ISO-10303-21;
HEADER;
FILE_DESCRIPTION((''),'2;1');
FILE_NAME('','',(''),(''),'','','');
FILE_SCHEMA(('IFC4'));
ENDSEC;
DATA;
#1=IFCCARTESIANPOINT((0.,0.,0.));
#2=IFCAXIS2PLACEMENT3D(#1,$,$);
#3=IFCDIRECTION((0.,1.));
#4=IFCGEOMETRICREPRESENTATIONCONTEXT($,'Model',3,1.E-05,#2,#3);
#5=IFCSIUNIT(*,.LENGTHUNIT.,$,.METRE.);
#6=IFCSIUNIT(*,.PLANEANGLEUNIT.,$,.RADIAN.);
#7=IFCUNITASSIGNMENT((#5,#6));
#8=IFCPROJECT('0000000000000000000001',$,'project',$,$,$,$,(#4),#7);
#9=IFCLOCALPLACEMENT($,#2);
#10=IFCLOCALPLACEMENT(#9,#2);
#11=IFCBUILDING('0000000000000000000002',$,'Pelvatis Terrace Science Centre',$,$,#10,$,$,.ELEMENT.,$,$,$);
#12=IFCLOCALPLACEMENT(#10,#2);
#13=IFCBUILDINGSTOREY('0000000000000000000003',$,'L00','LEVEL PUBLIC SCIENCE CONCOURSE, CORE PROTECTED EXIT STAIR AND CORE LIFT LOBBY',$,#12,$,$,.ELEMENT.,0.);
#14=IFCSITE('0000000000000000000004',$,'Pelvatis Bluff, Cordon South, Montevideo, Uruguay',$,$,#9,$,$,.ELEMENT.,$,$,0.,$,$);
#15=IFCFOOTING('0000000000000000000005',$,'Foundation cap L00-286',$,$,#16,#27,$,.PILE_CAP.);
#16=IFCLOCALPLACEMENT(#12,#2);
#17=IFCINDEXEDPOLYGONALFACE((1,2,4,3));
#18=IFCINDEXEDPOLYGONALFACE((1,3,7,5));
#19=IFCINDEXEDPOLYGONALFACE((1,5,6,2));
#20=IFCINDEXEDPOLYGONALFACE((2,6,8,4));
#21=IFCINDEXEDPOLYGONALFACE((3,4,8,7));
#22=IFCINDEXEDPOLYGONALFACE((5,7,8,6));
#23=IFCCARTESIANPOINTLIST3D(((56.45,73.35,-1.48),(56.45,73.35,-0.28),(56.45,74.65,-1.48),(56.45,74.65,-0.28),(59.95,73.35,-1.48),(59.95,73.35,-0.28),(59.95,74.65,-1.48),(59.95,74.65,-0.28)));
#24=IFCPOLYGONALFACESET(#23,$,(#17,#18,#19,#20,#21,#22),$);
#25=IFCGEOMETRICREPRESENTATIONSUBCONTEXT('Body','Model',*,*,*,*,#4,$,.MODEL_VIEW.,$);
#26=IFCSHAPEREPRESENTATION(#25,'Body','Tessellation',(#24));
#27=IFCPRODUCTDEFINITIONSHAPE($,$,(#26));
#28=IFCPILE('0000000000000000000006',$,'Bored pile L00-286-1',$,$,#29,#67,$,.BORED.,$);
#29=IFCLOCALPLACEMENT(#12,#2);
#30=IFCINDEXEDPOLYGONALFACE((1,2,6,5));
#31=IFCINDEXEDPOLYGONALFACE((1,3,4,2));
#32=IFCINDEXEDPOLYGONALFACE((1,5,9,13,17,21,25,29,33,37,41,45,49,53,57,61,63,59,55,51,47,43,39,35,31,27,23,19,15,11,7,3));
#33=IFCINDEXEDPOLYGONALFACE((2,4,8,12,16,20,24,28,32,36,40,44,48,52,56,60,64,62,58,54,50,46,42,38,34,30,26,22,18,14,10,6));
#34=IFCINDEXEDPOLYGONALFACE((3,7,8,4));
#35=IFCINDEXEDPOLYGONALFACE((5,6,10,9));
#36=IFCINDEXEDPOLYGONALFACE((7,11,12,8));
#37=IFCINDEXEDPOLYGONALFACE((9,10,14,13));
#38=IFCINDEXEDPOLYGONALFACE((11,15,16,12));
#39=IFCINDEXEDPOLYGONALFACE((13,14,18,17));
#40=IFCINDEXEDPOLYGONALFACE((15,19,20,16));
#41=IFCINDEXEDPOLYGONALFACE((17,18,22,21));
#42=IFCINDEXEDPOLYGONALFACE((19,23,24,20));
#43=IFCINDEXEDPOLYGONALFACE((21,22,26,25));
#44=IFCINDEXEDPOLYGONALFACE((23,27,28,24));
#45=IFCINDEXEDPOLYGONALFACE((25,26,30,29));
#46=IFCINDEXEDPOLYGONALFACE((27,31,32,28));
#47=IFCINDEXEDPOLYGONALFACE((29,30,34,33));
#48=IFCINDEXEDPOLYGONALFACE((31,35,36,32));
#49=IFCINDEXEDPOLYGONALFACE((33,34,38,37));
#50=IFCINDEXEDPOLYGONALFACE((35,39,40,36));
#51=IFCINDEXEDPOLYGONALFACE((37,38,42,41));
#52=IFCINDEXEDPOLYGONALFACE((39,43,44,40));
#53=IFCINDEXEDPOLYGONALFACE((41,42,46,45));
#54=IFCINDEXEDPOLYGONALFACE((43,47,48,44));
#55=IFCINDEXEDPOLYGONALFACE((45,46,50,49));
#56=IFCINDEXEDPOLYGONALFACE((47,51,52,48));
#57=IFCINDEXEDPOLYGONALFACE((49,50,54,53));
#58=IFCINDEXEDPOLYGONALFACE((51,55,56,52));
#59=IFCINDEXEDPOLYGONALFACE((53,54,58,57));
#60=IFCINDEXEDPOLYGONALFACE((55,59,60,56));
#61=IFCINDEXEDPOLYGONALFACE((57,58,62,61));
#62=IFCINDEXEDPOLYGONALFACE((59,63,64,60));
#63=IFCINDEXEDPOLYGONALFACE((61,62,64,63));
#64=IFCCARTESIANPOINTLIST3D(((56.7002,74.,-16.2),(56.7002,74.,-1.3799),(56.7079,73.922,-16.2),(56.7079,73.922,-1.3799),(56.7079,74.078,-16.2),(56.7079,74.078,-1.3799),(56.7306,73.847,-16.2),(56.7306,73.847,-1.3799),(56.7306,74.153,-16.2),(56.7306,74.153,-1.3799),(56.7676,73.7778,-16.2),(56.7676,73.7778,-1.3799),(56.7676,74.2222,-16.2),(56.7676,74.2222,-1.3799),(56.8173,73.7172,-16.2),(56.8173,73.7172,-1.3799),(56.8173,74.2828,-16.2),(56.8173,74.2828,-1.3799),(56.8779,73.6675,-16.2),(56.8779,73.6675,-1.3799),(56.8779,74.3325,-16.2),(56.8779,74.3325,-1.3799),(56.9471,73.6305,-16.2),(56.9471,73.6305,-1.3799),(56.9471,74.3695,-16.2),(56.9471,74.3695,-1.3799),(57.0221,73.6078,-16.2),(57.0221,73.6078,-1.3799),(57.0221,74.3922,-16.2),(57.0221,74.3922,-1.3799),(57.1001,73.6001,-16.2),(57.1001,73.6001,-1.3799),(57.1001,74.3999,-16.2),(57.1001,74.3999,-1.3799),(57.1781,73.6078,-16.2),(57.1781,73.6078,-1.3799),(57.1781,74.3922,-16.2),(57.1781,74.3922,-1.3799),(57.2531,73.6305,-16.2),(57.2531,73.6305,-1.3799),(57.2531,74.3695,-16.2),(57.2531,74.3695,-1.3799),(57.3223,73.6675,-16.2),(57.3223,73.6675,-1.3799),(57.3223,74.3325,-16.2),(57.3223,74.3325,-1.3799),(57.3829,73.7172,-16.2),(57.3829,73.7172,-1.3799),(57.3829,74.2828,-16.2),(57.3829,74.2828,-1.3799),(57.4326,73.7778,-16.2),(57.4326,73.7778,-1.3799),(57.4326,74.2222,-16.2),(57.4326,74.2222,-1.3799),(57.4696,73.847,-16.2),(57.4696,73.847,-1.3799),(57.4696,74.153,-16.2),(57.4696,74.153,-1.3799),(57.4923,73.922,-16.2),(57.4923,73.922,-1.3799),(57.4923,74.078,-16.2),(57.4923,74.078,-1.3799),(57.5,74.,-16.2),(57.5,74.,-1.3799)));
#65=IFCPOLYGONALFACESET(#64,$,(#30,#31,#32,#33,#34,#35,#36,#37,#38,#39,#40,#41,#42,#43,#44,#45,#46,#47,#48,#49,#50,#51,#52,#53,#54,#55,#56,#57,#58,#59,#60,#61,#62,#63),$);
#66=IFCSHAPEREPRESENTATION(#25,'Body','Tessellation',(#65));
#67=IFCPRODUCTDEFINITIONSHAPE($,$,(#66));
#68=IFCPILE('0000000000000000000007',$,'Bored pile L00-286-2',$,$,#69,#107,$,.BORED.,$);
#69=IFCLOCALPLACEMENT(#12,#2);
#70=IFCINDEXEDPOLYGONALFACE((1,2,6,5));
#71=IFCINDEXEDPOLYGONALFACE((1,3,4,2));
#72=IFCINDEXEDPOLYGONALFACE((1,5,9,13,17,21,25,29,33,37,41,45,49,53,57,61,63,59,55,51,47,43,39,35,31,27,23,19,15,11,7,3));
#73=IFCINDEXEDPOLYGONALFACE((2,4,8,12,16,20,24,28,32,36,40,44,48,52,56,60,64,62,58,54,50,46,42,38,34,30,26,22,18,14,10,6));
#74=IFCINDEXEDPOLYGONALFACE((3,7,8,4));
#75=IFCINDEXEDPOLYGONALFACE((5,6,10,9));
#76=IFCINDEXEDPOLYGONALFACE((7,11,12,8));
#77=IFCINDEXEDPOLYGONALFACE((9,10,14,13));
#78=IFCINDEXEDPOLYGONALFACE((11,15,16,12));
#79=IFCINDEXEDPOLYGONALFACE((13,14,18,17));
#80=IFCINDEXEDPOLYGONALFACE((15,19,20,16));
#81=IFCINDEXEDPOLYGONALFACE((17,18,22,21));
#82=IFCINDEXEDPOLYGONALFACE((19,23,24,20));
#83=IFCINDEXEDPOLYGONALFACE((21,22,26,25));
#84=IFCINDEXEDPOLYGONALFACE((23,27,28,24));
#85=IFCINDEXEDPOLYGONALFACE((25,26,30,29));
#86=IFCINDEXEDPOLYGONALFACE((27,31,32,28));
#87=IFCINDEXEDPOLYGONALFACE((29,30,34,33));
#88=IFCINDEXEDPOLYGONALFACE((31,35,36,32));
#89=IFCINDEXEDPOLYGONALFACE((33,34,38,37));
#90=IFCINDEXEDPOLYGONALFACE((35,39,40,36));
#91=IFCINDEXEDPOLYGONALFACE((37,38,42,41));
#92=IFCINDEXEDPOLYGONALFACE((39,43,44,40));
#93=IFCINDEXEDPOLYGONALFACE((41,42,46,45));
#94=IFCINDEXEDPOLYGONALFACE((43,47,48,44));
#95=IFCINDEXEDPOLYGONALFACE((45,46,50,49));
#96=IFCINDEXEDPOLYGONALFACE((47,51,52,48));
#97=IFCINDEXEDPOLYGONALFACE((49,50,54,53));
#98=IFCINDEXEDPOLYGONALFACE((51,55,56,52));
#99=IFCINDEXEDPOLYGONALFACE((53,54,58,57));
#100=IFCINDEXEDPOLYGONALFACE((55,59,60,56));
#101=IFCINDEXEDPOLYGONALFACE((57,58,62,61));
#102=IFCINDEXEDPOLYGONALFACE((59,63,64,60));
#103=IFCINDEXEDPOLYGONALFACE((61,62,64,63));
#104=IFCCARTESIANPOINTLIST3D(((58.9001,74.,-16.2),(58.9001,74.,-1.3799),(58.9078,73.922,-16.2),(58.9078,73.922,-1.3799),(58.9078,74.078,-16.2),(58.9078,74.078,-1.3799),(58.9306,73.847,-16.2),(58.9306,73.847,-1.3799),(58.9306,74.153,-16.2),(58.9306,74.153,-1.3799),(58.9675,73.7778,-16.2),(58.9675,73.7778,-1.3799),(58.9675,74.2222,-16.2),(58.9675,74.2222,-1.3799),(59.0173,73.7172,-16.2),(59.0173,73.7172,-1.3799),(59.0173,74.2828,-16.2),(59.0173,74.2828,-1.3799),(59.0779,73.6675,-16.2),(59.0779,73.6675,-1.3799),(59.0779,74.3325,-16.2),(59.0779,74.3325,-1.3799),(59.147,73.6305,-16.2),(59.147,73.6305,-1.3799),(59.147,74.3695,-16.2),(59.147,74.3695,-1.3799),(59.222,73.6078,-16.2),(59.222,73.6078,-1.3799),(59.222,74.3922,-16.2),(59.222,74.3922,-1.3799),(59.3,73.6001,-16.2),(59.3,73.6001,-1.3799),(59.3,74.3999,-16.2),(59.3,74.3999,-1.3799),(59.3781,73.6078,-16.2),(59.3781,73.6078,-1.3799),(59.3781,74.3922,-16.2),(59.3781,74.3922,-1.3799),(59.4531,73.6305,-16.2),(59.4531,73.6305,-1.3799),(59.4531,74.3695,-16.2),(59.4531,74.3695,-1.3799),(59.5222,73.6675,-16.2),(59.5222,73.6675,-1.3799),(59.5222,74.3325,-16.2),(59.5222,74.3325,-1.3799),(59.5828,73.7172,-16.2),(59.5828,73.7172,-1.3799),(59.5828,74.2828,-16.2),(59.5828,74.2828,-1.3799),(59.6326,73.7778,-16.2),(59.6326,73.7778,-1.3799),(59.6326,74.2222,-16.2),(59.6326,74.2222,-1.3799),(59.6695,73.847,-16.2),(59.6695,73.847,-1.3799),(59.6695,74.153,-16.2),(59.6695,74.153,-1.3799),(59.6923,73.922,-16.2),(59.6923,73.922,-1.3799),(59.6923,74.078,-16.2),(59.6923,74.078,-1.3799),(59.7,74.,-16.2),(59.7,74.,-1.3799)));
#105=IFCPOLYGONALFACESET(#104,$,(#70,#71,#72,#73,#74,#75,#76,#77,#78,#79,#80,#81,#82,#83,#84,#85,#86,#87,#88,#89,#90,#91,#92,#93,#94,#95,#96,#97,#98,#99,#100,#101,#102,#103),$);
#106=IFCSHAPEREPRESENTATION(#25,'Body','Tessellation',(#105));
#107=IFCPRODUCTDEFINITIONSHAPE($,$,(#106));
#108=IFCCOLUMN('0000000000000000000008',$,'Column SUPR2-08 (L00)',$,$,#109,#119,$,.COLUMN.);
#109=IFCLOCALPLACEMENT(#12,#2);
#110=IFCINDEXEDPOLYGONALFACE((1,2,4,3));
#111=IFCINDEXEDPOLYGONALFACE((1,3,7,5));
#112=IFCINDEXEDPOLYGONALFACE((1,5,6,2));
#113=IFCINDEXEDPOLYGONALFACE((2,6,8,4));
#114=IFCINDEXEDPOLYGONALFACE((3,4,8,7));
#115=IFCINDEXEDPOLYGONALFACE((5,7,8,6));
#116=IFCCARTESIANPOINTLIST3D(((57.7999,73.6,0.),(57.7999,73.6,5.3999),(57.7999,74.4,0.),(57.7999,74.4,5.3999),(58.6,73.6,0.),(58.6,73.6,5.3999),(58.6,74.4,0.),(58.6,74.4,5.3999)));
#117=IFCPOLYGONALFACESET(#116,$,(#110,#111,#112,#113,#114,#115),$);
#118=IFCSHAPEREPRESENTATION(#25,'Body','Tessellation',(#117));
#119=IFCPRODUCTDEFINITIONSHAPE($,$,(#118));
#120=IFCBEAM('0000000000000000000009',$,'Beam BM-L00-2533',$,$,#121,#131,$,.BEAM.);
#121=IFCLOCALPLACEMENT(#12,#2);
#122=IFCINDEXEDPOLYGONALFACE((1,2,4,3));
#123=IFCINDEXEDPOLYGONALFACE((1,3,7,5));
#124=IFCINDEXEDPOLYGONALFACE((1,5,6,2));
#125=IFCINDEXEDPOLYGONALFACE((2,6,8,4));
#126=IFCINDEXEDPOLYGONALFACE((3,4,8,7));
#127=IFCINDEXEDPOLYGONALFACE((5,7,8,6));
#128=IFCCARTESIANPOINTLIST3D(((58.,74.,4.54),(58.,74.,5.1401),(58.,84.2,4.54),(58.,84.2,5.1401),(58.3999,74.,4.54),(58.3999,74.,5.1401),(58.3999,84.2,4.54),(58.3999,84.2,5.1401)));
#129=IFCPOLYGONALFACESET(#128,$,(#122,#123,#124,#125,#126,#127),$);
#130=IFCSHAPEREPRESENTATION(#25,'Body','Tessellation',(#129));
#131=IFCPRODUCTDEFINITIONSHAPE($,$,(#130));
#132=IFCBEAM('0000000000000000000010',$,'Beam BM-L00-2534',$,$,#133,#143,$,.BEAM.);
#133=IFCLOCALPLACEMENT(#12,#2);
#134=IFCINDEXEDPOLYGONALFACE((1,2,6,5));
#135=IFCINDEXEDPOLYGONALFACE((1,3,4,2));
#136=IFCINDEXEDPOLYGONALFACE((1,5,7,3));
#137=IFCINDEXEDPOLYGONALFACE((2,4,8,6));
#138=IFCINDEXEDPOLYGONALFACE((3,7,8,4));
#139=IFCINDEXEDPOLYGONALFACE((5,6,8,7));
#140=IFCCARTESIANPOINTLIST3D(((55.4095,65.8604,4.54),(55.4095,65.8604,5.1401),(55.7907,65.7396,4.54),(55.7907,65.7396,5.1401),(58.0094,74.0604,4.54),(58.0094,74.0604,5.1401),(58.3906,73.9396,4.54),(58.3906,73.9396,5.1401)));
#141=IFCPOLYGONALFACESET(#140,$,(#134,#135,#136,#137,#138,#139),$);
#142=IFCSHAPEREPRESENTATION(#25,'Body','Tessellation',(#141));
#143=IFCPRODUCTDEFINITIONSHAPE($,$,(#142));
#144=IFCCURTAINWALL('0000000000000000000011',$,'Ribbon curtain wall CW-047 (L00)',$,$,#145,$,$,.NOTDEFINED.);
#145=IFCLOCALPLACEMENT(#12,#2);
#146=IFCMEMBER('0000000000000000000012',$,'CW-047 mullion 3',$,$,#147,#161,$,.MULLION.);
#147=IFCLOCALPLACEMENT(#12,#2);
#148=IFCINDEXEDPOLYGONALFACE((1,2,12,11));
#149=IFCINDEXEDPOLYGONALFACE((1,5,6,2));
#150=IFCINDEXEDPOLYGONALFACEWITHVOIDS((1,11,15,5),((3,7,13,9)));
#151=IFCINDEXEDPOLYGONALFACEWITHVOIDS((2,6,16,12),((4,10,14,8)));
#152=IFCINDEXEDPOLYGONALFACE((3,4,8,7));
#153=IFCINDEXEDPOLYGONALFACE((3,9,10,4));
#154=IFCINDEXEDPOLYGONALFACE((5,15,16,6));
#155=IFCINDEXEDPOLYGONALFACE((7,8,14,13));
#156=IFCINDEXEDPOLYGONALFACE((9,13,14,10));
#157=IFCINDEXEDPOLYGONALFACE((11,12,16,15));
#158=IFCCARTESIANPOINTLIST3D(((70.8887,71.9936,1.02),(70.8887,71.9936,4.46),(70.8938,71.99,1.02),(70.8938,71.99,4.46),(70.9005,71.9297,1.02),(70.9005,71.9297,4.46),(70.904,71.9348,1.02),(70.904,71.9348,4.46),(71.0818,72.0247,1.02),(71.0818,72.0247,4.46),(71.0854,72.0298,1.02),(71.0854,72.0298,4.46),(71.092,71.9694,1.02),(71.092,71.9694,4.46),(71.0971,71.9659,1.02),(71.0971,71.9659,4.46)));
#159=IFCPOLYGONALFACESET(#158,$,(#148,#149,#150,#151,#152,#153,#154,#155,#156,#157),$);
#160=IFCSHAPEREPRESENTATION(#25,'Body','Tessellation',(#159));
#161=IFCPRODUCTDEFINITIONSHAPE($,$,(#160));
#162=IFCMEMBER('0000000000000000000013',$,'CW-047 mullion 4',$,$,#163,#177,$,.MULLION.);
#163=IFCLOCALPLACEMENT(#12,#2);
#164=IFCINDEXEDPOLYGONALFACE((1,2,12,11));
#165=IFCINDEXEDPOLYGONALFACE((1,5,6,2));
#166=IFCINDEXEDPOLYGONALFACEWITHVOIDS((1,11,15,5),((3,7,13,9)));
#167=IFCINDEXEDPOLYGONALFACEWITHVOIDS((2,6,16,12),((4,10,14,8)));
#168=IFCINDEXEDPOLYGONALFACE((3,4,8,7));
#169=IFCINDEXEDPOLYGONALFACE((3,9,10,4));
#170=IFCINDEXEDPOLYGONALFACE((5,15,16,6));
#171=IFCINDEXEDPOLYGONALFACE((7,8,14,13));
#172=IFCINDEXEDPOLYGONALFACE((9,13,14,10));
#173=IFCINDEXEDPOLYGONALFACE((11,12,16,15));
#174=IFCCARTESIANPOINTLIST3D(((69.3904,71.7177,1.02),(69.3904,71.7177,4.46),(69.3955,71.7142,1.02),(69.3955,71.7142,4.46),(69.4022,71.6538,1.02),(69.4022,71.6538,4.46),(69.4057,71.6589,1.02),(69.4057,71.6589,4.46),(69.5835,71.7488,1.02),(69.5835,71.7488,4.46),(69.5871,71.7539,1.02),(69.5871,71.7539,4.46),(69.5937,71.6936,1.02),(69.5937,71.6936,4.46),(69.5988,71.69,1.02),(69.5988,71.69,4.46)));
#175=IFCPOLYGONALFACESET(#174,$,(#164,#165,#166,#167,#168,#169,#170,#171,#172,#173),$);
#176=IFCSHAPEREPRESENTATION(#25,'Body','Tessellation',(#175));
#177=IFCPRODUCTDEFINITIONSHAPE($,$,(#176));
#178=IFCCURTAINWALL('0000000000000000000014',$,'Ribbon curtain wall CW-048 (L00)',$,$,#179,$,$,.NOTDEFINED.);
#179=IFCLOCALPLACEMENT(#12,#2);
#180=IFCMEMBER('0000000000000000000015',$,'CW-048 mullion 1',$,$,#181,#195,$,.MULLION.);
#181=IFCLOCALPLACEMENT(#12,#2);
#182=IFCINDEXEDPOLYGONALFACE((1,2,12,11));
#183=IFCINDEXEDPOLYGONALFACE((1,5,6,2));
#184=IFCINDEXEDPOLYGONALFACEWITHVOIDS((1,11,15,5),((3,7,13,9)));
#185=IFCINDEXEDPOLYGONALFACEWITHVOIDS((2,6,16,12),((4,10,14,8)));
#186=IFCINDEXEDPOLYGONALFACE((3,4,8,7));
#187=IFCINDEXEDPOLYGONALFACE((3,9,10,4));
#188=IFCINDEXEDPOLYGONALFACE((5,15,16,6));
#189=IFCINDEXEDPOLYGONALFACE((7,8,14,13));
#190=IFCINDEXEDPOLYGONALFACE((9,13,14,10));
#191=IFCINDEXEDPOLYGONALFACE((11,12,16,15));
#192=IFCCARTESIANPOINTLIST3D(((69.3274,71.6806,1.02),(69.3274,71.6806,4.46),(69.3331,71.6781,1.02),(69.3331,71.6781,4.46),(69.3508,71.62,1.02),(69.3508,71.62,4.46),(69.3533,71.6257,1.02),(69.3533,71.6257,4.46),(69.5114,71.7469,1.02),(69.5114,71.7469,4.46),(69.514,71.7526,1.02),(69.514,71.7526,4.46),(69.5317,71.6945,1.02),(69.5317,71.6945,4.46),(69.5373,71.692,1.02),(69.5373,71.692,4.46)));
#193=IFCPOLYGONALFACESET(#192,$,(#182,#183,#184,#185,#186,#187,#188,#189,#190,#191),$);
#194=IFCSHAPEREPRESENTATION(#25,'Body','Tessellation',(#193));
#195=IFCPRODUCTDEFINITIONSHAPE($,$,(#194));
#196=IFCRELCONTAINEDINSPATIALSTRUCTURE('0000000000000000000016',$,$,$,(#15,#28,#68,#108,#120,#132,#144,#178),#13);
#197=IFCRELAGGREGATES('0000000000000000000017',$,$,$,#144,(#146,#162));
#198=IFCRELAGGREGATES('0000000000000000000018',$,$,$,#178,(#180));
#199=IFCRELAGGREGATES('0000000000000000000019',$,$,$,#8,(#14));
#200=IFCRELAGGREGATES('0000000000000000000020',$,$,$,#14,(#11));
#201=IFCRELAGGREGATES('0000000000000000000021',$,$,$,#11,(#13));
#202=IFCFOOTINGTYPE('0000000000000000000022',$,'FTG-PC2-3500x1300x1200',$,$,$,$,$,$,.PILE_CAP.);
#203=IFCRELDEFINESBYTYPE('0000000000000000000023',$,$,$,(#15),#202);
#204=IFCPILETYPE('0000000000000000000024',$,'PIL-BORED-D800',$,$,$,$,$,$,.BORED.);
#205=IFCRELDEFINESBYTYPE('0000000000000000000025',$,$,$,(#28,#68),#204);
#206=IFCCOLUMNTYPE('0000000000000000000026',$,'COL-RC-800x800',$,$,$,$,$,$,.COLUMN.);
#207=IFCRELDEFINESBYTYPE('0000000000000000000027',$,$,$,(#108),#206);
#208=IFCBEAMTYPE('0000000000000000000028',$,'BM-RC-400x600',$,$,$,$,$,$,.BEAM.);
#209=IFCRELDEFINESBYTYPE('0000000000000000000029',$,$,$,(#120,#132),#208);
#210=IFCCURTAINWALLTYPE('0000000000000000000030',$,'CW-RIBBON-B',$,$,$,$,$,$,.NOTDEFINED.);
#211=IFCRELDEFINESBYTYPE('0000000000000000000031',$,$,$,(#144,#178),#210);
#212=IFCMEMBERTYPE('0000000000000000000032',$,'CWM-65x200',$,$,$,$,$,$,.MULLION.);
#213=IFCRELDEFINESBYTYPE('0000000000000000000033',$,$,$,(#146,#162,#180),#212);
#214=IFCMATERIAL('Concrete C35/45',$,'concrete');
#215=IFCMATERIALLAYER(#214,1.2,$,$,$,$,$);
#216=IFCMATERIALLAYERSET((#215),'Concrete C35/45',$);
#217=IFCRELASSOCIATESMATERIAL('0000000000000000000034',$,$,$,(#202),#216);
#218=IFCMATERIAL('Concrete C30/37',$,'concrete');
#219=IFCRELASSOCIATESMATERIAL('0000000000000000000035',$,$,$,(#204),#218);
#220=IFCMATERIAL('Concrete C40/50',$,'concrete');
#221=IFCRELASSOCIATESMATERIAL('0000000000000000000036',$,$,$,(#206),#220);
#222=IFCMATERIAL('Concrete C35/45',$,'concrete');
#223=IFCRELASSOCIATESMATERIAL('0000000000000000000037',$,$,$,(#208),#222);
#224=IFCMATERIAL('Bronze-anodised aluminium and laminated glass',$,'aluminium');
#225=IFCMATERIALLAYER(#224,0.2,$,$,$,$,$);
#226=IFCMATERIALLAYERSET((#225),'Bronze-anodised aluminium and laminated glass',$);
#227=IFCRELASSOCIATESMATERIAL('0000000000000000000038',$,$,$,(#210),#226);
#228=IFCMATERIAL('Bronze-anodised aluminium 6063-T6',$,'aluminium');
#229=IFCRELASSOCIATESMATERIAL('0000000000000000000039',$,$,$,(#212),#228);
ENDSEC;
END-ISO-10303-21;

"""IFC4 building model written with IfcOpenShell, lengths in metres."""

from ifc_helpers import new_model, si_unit, direction, frame, origin, origin_2d, place, context, subcontext, project, spatial, rectangle, hollow_rectangle, circle, extrude, material, layer, layer_set, material_profile, profile_set, type_object, element, aggregate, save


model = new_model("IFC4")

# Units and contexts
model_context = context("Model", 3, precision=1e-05, world=origin(), true_north=direction((0.0, 1.0)))
body_context = subcontext(model_context, "Body", "Model", "MODEL_VIEW")
ifc_project = project(units=[si_unit("LENGTHUNIT", "METRE"), si_unit("PLANEANGLEUNIT", "RADIAN")], contexts=[model_context])

# Site, building, storey
site_placement = place(None, origin())
site = spatial("IfcSite", under=ifc_project, at=site_placement, Name="Pelvatis Bluff, Cordon South, Montevideo, Uruguay", CompositionType="ELEMENT", RefElevation=0.0)
building_placement = place(site_placement, origin())
building = spatial("IfcBuilding", under=site, at=building_placement, Name="Pelvatis Terrace Science Centre", CompositionType="ELEMENT")
storey_placement = place(building_placement, origin())
storey = spatial("IfcBuildingStorey", under=building, at=storey_placement, Name="L00", Description="LEVEL PUBLIC SCIENCE CONCOURSE, CORE PROTECTED EXIT STAIR AND CORE LIFT LOBBY", CompositionType="ELEMENT", Elevation=0.0)

# Footing
ifc_material_1 = material(Name="Concrete C35/45", Category="concrete")
ifc_layer_1 = layer(ifc_material_1, 1.2)
ifc_layer_set_1 = layer_set([ifc_layer_1], Name="Concrete C35/45")
footing_type = type_object("IfcFootingType", Name="FTG-PC2-3500x1300x1200", PredefinedType="PILE_CAP", material=ifc_layer_set_1)
footing_placement = place(storey_placement, frame((58.2, 74.0, -1.48), z_axis=(0.0, 0.0, 1.0), x_axis=(1.0, 0.0, 0.0)))
element("IfcFooting", 1, at=footing_placement, inside=storey, type_object=footing_type, Name="Foundation cap L00-286", PredefinedType="PILE_CAP", context=body_context, shape_type="SweptSolid", body=[
    extrude(rectangle(XDim=3.5, YDim=1.3, at=origin_2d()), origin(), (0.0, 0.0, 1.0), 1.2),
])

# Piles
ifc_material_2 = material(Name="Concrete C30/37", Category="concrete")
ifc_material_profile_1 = material_profile(ifc_material_2, circle(Radius=0.3999, at=origin_2d()), Name="PILE D800")
ifc_profile_set_1 = profile_set([ifc_material_profile_1], Name="Concrete C30/37")
pile_type = type_object("IfcPileType", Name="PIL-BORED-D800", PredefinedType="BORED", material=ifc_profile_set_1)
for number, where, z_axis, x_axis, name in (
    (2, (57.1001, 74.0, -1.3799), (0.0, 0.0, -1.0), (1.0, 0.0, 0.0), "Bored pile L00-286-1"),
    (3, (59.3, 74.0, -1.3799), (0.0, 0.0, -1.0), (1.0, 0.0, 0.0), "Bored pile L00-286-2"),
):
    element("IfcPile", number, at=place(storey_placement, frame(where, z_axis=z_axis, x_axis=x_axis)), inside=storey, type_object=pile_type, Name=name, PredefinedType="BORED", context=body_context, shape_type="SweptSolid", body=[
        extrude(circle(Radius=0.3999, at=origin_2d()), origin(), (0.0, 0.0, 1.0), 14.8201),
    ])

# Column
ifc_material_3 = material(Name="Concrete C40/50", Category="concrete")
ifc_material_profile_2 = material_profile(ifc_material_3, rectangle(XDim=0.8, YDim=0.8, at=origin_2d()), Name="RC-COL 800x800")
ifc_profile_set_2 = profile_set([ifc_material_profile_2], Name="Concrete C40/50")
column_type = type_object("IfcColumnType", Name="COL-RC-800x800", PredefinedType="COLUMN", material=ifc_profile_set_2)
column_placement = place(storey_placement, frame((58.2, 74.0, 0.0), z_axis=(0.0, 0.0, 1.0), x_axis=(1.0, 0.0, 0.0)))
element("IfcColumn", 4, at=column_placement, inside=storey, type_object=column_type, Name="Column SUPR2-08 (L00)", PredefinedType="COLUMN", context=body_context, shape_type="SweptSolid", body=[
    extrude(rectangle(XDim=0.8, YDim=0.8, at=origin_2d()), origin(), (0.0, 0.0, 1.0), 5.3999),
])

# Beams
ifc_material_4 = material(Name="Concrete C35/45", Category="concrete")
ifc_material_profile_3 = material_profile(ifc_material_4, rectangle(XDim=0.3999, YDim=0.6001, at=origin_2d()), Name="RC-BM 400x600")
ifc_profile_set_3 = profile_set([ifc_material_profile_3], Name="Concrete C35/45")
beam_type = type_object("IfcBeamType", Name="BM-RC-400x600", PredefinedType="BEAM", material=ifc_profile_set_3)
beam_1_placement = place(storey_placement, frame((58.2, 74.0, 4.8401), z_axis=(0.0, 1.0, 0.0), x_axis=(-1.0, 0.0, 0.0)))
element("IfcBeam", 5, at=beam_1_placement, inside=storey, type_object=beam_type, Name="Beam BM-L00-2533", PredefinedType="BEAM", context=body_context, shape_type="SweptSolid", body=[
    extrude(rectangle(XDim=0.3999, YDim=0.6001, at=origin_2d()), origin(), (0.0, 0.0, 1.0), 10.2),
])
beam_2_placement = place(storey_placement, frame((58.2, 74.0, 4.8401), z_axis=(-0.30223, -0.953235, 0.0), x_axis=(0.953235, -0.30223, 0.0)))
element("IfcBeam", 6, at=beam_2_placement, inside=storey, type_object=beam_type, Name="Beam BM-L00-2534", PredefinedType="BEAM", context=body_context, shape_type="SweptSolid", body=[
    extrude(rectangle(XDim=0.3999, YDim=0.6001, at=origin_2d()), origin(), (0.0, 0.0, 1.0), 8.6023),
])

# Curtain wall, members
ifc_material_5 = material(Name="Bronze-anodised aluminium and laminated glass", Category="aluminium")
ifc_layer_2 = layer(ifc_material_5, 0.2)
ifc_layer_set_2 = layer_set([ifc_layer_2], Name="Bronze-anodised aluminium and laminated glass")
curtain_wall_type = type_object("IfcCurtainWallType", Name="CW-RIBBON-B", PredefinedType="NOTDEFINED", material=ifc_layer_set_2)
curtain_wall_1_placement = place(storey_placement, origin())
curtain_wall_1 = element("IfcCurtainWall", 7, at=curtain_wall_1_placement, inside=storey, type_object=curtain_wall_type, Name="Ribbon curtain wall CW-047 (L00)", PredefinedType="NOTDEFINED")
ifc_material_6 = material(Name="Bronze-anodised aluminium 6063-T6", Category="aluminium")
ifc_material_profile_4 = material_profile(ifc_material_6, hollow_rectangle(XDim=0.0649, YDim=0.2, WallThickness=0.0044, at=origin_2d()), Name="ALU-MUL 65x200")
ifc_profile_set_4 = profile_set([ifc_material_profile_4], Name="Bronze-anodised aluminium 6063-T6")
member_type_1 = type_object("IfcMemberType", Name="CWM-65x200", PredefinedType="MULLION", material=ifc_profile_set_4)
member_1_placement = place(storey_placement, frame((70.9929, 71.9797, 1.02), z_axis=(0.0, 0.0, 1.0), x_axis=(0.18113, -0.983459, 0.0)))
member_1 = element("IfcMember", 8, at=member_1_placement, type_object=member_type_1, Name="CW-047 mullion 3", PredefinedType="MULLION", context=body_context, shape_type="SweptSolid", body=[
    extrude(hollow_rectangle(XDim=0.0649, YDim=0.2, WallThickness=0.0044, at=origin_2d()), origin(), (0.0, 0.0, 1.0), 3.4399),
])
member_2_placement = place(storey_placement, frame((69.4946, 71.7039, 1.02), z_axis=(0.0, 0.0, 1.0), x_axis=(0.18113, -0.983459, 0.0)))
member_2 = element("IfcMember", 9, at=member_2_placement, type_object=member_type_1, Name="CW-047 mullion 4", PredefinedType="MULLION", context=body_context, shape_type="SweptSolid", body=[
    extrude(hollow_rectangle(XDim=0.0649, YDim=0.2, WallThickness=0.0044, at=origin_2d()), origin(), (0.0, 0.0, 1.0), 3.4399),
])

# Curtain wall, member
curtain_wall_2_placement = place(storey_placement, origin())
curtain_wall_2 = element("IfcCurtainWall", 10, at=curtain_wall_2_placement, inside=storey, type_object=curtain_wall_type, Name="Ribbon curtain wall CW-048 (L00)", PredefinedType="NOTDEFINED")
member_3_placement = place(storey_placement, frame((69.4324, 71.6863, 1.02), z_axis=(0.0, 0.0, 1.0), x_axis=(0.359874, -0.933001, 0.0)))
member_3 = element("IfcMember", 11, at=member_3_placement, type_object=member_type_1, Name="CW-048 mullion 1", PredefinedType="MULLION", context=body_context, shape_type="SweptSolid", body=[
    extrude(hollow_rectangle(XDim=0.0649, YDim=0.2, WallThickness=0.0044, at=origin_2d()), origin(), (0.0, 0.0, 1.0), 3.4399),
])

aggregate(curtain_wall_1, [member_1, member_2])
aggregate(curtain_wall_2, [member_3])

save(model, "model.ifc")
